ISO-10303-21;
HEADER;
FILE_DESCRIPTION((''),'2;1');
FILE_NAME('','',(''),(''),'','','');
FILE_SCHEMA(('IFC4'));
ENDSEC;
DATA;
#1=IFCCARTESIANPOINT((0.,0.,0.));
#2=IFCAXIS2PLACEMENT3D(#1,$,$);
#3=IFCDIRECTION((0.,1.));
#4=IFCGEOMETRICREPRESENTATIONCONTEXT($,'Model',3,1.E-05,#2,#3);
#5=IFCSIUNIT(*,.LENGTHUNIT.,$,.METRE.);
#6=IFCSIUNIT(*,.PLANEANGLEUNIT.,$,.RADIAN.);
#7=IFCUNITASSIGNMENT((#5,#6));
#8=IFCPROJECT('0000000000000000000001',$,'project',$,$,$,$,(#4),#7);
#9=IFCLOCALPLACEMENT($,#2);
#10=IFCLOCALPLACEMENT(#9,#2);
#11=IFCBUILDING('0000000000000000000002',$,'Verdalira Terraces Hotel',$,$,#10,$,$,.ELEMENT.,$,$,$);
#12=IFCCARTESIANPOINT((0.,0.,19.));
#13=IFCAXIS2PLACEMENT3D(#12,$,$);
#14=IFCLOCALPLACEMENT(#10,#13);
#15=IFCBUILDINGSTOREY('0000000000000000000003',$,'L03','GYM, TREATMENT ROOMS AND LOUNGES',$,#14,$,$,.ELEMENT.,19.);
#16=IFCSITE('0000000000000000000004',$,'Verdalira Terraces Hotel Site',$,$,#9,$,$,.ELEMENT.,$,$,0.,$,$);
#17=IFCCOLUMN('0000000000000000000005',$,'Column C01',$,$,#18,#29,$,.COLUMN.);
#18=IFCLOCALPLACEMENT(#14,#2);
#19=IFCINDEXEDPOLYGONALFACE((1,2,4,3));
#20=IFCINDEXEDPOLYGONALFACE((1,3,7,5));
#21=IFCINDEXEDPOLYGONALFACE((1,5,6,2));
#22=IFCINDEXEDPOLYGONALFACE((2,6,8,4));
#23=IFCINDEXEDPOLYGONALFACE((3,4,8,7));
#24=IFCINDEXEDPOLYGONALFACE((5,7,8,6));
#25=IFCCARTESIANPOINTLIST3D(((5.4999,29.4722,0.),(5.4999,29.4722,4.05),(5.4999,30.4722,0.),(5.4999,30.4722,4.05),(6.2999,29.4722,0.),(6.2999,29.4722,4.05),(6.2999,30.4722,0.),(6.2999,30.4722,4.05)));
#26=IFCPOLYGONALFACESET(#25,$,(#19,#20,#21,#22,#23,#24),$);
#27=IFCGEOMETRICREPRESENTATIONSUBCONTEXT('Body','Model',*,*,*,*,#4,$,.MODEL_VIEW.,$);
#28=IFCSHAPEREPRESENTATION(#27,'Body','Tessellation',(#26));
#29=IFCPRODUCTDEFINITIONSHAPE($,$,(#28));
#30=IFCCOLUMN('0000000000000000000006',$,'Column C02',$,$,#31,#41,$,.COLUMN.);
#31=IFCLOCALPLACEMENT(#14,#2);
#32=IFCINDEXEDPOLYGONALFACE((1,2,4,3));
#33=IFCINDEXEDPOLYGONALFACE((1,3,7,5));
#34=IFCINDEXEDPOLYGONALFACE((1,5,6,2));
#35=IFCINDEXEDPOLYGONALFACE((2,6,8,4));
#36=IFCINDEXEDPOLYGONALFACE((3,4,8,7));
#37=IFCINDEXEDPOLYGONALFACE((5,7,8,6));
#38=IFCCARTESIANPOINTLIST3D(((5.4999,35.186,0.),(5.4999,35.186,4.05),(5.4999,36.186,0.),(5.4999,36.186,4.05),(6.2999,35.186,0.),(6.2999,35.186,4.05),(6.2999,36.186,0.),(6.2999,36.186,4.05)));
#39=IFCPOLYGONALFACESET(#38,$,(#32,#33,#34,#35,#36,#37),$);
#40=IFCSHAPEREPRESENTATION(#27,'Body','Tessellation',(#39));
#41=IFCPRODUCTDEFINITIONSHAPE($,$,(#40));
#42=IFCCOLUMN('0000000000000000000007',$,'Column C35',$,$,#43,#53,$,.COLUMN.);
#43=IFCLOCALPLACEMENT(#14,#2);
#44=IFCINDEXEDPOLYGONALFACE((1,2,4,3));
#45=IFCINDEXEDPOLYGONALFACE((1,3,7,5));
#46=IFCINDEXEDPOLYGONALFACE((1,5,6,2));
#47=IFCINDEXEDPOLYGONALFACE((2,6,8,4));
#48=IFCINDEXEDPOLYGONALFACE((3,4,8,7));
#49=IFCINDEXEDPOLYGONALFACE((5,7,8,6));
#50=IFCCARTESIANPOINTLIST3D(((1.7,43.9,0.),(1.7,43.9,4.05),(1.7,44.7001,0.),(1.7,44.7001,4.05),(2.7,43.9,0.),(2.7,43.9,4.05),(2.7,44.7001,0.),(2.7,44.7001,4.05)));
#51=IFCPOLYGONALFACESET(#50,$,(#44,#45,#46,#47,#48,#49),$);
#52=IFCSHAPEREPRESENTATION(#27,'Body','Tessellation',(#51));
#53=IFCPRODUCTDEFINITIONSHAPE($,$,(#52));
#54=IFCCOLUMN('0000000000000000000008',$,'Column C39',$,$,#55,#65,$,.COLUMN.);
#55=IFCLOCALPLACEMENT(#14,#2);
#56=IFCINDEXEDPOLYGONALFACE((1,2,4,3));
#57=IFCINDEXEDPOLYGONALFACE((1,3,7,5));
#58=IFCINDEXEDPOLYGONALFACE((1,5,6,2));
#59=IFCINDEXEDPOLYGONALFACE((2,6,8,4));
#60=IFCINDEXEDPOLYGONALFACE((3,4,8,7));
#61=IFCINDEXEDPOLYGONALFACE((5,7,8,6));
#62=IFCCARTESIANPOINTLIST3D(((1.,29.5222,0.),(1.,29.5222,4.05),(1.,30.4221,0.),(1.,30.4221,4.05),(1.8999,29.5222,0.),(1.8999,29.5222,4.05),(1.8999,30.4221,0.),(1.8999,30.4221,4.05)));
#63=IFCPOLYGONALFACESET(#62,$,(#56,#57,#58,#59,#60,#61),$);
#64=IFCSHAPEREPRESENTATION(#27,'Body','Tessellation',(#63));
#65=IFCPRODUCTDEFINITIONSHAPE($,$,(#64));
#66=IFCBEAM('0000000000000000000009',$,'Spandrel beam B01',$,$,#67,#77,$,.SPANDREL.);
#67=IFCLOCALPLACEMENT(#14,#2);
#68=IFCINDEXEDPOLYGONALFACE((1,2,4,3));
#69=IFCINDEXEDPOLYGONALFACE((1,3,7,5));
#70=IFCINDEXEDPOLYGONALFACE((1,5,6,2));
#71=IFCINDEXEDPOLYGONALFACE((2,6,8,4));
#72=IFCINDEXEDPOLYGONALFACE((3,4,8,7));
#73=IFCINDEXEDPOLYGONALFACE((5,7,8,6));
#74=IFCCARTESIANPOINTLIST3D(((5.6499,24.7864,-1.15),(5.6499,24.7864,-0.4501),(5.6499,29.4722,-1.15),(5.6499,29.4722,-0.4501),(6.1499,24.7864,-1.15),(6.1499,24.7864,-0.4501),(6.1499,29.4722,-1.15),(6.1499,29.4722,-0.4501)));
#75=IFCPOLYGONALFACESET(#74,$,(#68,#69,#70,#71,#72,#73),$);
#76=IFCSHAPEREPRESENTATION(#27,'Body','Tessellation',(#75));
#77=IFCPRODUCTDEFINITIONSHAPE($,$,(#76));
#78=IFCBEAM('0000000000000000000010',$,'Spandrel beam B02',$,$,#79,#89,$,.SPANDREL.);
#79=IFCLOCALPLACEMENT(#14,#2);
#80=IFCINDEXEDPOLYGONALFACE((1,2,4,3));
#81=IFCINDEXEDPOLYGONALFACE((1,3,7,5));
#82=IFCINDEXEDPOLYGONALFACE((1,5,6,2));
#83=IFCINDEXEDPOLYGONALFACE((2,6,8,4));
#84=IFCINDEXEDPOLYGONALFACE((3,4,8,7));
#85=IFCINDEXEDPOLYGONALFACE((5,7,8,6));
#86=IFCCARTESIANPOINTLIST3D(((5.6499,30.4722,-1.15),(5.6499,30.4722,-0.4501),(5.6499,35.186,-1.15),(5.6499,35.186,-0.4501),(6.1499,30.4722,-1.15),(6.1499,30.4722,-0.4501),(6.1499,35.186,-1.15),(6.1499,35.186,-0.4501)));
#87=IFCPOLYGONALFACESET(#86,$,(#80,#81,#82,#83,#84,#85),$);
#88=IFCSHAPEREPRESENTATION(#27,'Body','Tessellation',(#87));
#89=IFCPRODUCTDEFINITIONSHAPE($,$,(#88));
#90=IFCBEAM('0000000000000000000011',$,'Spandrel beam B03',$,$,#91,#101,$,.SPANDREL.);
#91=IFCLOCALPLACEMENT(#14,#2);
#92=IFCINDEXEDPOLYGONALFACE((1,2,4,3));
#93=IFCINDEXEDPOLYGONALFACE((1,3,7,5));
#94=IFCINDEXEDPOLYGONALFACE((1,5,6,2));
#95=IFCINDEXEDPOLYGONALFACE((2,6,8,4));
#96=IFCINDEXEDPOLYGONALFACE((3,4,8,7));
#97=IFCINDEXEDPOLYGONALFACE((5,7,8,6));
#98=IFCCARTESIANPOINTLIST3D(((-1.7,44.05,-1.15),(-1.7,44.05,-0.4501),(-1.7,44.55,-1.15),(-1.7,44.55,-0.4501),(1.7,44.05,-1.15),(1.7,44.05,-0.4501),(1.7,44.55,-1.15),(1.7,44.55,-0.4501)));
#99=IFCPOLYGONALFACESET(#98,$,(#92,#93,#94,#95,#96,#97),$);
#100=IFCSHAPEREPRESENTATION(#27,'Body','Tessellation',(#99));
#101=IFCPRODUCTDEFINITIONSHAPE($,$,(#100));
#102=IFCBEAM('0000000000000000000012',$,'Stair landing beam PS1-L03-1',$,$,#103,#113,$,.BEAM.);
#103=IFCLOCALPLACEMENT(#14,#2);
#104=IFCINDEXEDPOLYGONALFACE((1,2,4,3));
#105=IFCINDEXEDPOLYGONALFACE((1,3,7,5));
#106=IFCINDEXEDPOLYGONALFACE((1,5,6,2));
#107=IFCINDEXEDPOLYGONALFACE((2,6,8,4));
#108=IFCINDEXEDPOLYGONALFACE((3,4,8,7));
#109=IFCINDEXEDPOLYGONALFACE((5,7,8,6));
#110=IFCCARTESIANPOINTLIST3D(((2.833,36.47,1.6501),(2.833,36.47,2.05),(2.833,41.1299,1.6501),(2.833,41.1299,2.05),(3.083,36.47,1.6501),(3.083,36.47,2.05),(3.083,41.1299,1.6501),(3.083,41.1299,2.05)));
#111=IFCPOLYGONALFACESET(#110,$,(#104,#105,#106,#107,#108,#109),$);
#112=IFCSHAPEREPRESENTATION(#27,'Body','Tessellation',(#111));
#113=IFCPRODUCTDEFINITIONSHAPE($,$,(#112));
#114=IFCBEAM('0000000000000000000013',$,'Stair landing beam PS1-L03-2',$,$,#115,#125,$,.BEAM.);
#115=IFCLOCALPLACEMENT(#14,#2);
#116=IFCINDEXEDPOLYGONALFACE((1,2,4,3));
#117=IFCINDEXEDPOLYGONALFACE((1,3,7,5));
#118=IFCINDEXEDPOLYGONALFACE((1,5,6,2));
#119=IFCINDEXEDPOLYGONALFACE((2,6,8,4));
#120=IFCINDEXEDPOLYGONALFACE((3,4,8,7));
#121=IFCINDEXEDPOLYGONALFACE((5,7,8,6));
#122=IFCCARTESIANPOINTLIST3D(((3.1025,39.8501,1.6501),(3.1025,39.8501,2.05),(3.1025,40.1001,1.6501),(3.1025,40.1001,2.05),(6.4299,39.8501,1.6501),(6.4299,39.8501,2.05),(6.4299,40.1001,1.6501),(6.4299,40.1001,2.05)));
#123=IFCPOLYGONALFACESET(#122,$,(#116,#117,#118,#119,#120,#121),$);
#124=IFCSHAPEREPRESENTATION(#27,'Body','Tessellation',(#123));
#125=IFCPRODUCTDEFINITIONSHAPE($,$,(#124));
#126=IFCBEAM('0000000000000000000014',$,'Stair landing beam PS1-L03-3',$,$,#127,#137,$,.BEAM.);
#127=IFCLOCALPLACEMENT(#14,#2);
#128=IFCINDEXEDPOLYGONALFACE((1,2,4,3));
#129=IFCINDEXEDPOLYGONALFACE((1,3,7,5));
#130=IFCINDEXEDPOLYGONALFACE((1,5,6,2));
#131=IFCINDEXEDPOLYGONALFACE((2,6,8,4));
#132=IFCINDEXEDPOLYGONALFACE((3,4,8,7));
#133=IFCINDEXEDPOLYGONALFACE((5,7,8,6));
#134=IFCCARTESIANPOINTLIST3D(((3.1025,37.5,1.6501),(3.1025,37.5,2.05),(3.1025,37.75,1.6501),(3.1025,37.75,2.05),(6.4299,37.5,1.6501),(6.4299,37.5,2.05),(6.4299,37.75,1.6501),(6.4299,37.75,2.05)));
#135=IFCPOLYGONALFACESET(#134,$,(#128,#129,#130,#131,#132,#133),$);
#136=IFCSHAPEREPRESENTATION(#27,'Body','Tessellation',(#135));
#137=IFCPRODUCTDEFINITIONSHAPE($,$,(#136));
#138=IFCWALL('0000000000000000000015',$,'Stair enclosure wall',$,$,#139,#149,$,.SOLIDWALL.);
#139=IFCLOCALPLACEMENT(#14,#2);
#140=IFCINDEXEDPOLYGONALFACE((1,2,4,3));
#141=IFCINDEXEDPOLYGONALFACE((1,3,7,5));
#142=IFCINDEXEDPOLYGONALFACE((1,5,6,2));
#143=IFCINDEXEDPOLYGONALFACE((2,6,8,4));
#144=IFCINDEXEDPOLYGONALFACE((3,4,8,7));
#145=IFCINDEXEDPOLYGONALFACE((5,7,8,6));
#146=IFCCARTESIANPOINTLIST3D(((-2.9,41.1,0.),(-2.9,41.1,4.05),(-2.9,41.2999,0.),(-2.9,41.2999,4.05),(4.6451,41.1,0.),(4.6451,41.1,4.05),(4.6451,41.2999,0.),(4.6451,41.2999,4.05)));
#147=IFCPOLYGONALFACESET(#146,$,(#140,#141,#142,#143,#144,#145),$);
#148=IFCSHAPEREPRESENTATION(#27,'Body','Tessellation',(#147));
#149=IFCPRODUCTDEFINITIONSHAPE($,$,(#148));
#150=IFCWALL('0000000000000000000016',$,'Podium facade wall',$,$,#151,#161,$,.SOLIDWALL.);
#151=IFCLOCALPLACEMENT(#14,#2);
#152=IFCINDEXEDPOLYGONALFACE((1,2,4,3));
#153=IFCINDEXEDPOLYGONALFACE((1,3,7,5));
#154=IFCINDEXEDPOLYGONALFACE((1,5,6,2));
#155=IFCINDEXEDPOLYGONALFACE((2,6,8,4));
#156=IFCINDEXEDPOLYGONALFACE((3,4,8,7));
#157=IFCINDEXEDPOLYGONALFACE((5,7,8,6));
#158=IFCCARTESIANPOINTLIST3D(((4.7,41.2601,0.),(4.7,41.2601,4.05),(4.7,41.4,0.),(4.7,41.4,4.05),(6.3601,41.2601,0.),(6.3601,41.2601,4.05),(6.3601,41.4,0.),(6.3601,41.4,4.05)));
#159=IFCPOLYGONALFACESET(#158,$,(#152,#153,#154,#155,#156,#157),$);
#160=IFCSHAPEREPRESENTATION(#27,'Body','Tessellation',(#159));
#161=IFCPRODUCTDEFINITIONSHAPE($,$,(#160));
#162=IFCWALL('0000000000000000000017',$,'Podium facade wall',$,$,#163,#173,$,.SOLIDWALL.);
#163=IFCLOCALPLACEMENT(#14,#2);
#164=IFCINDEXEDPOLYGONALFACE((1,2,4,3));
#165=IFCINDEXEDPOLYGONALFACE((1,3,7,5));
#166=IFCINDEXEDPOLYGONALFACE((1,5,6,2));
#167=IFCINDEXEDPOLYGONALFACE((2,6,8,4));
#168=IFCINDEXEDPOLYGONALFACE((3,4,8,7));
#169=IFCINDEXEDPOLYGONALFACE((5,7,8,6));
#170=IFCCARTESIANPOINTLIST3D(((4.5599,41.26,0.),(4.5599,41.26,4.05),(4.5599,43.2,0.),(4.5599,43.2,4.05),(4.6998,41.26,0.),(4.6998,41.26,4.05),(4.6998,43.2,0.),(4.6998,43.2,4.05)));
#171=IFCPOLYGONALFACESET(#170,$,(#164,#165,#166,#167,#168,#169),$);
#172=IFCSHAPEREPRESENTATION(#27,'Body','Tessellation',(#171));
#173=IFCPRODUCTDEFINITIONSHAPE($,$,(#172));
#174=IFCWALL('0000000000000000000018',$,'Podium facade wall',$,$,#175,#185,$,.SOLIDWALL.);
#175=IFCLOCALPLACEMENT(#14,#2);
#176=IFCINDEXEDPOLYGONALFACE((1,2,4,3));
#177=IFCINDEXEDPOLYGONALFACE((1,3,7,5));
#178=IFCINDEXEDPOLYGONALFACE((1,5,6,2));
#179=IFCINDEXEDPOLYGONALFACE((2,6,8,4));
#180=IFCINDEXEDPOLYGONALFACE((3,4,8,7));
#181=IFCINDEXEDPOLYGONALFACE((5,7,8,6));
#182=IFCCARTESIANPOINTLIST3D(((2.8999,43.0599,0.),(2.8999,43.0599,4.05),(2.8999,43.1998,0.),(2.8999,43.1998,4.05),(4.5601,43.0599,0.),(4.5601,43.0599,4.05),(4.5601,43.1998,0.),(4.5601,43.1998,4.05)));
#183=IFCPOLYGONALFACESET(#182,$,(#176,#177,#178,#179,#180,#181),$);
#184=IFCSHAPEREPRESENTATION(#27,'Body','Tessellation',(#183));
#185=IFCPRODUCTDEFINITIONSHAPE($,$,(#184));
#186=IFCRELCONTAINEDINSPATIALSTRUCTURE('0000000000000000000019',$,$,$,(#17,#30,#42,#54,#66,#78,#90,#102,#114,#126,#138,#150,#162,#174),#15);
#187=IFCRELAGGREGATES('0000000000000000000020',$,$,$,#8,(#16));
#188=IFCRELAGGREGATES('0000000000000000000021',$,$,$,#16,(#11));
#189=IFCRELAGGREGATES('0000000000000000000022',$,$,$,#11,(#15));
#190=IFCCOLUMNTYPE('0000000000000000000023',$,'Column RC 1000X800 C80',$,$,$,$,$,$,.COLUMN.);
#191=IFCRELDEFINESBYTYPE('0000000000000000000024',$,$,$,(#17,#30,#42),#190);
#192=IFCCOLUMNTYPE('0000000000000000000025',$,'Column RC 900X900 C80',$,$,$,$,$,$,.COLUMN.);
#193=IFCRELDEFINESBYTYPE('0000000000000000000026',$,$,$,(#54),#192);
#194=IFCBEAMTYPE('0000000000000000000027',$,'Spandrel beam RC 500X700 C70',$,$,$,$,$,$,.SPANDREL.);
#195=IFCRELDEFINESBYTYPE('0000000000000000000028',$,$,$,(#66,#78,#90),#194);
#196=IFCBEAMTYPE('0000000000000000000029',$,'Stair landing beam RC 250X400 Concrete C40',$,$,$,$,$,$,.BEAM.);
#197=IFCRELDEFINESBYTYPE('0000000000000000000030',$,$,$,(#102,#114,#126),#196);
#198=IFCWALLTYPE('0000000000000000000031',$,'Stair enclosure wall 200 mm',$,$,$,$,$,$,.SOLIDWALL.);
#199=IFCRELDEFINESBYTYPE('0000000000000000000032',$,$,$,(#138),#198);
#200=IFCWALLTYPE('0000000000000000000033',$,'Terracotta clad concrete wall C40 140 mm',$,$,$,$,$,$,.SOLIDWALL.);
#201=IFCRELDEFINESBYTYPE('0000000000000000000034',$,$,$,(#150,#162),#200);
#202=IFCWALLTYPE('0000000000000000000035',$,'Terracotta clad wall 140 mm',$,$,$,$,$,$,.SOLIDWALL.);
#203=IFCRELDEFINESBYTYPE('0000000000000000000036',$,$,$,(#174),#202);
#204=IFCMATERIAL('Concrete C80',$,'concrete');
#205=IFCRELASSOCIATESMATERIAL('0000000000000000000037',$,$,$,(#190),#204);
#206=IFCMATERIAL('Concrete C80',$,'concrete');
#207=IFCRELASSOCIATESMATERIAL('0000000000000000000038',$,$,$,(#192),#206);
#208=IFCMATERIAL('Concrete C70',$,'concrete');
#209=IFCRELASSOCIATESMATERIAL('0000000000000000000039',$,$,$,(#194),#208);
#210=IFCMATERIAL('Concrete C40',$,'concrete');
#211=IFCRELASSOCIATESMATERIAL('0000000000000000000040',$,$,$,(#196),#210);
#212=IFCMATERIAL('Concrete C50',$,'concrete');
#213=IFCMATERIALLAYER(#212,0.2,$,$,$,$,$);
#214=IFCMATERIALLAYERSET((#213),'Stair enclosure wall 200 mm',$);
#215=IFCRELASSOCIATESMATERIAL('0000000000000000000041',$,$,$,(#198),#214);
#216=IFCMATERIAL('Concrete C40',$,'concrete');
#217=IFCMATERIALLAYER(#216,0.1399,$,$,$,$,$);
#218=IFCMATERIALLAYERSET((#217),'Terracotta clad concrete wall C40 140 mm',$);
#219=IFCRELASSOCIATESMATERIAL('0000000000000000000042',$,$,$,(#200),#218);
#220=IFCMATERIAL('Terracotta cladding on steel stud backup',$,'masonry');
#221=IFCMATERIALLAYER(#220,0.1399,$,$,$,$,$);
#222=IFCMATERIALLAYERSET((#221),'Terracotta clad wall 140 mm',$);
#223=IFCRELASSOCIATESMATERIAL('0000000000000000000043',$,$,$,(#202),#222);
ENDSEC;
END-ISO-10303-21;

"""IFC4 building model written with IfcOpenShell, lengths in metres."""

from ifc_helpers import new_model, si_unit, direction, frame, frame_2d, origin, origin_2d, place, context, subcontext, project, spatial, rectangle, extrude, material, layer, layer_set, material_profile, profile_set, type_object, element, save


model = new_model("IFC4")

# Units and contexts
model_context = context("Model", 3, precision=1e-05, world=origin(), true_north=direction((0.0, 1.0)))
body_context = subcontext(model_context, "Body", "Model", "MODEL_VIEW")
ifc_project = project(units=[si_unit("LENGTHUNIT", "METRE"), si_unit("PLANEANGLEUNIT", "RADIAN")], contexts=[model_context])

# Site, building, storey
site_placement = place(None, origin())
site = spatial("IfcSite", under=ifc_project, at=site_placement, Name="Verdalira Terraces Hotel Site", CompositionType="ELEMENT", RefElevation=0.0)
building_placement = place(site_placement, origin())
building = spatial("IfcBuilding", under=site, at=building_placement, Name="Verdalira Terraces Hotel", CompositionType="ELEMENT")
storey_placement = place(building_placement, frame((0.0, 0.0, 19.0)))
storey = spatial("IfcBuildingStorey", under=building, at=storey_placement, Name="L03", Description="GYM, TREATMENT ROOMS AND LOUNGES", CompositionType="ELEMENT", Elevation=19.0)

# Columns
ifc_material_1 = material(Name="Concrete C80", Category="concrete")
ifc_material_profile_1 = material_profile(ifc_material_1, rectangle(XDim=1.0, YDim=0.8, at=origin_2d()), Name="RC 1000X800")
ifc_profile_set_1 = profile_set([ifc_material_profile_1], Name="Concrete C80")
column_type_1 = type_object("IfcColumnType", Name="Column RC 1000X800 C80", PredefinedType="COLUMN", material=ifc_profile_set_1)
for number, where, z_axis, x_axis, name in (
    (1, (5.8999, 29.9722, 0.0), (0.0, 0.0, 1.0), (0.0, 1.0, 0.0), "Column C01"),
    (2, (5.8999, 35.686, 0.0), (0.0, 0.0, 1.0), (0.0, 1.0, 0.0), "Column C02"),
    (3, (2.2, 44.3, 0.0), (0.0, 0.0, 1.0), (-1.0, 0.0, 0.0), "Column C35"),
):
    element("IfcColumn", number, at=place(storey_placement, frame(where, z_axis=z_axis, x_axis=x_axis)), inside=storey, type_object=column_type_1, Name=name, PredefinedType="COLUMN", context=body_context, shape_type="SweptSolid", body=[
        extrude(rectangle(XDim=1.0, YDim=0.8, at=origin_2d()), origin(), (0.0, 0.0, 1.0), 4.05),
    ])
ifc_material_2 = material(Name="Concrete C80", Category="concrete")
ifc_material_profile_2 = material_profile(ifc_material_2, rectangle(XDim=0.8999, YDim=0.8999, at=origin_2d()), Name="RC 900X900")
ifc_profile_set_2 = profile_set([ifc_material_profile_2], Name="Concrete C80")
column_type_2 = type_object("IfcColumnType", Name="Column RC 900X900 C80", PredefinedType="COLUMN", material=ifc_profile_set_2)
column_placement = place(storey_placement, frame((1.45, 29.9722, 0.0), z_axis=(0.0, 0.0, 1.0), x_axis=(0.0, 1.0, 0.0)))
element("IfcColumn", 4, at=column_placement, inside=storey, type_object=column_type_2, Name="Column C39", PredefinedType="COLUMN", context=body_context, shape_type="SweptSolid", body=[
    extrude(rectangle(XDim=0.8999, YDim=0.8999, at=origin_2d()), origin(), (0.0, 0.0, 1.0), 4.05),
])

# Beams
ifc_material_3 = material(Name="Concrete C70", Category="concrete")
ifc_material_profile_3 = material_profile(ifc_material_3, rectangle(XDim=0.5, YDim=0.7, at=origin_2d()), Name="RC 500X700")
ifc_profile_set_3 = profile_set([ifc_material_profile_3], Name="Concrete C70")
beam_type_1 = type_object("IfcBeamType", Name="Spandrel beam RC 500X700 C70", PredefinedType="SPANDREL", material=ifc_profile_set_3)
beam_1_placement = place(storey_placement, frame((5.8999, 24.7864, -0.8), z_axis=(0.0, 1.0, 0.0), x_axis=(-1.0, 0.0, 0.0)))
element("IfcBeam", 5, at=beam_1_placement, inside=storey, type_object=beam_type_1, Name="Spandrel beam B01", PredefinedType="SPANDREL", context=body_context, shape_type="SweptSolid", body=[
    extrude(rectangle(XDim=0.5, YDim=0.7, at=origin_2d()), origin(), (0.0, 0.0, 1.0), 4.6858),
])
beam_2_placement = place(storey_placement, frame((5.8999, 30.4722, -0.8), z_axis=(0.0, 1.0, 0.0), x_axis=(-1.0, 0.0, 0.0)))
element("IfcBeam", 6, at=beam_2_placement, inside=storey, type_object=beam_type_1, Name="Spandrel beam B02", PredefinedType="SPANDREL", context=body_context, shape_type="SweptSolid", body=[
    extrude(rectangle(XDim=0.5, YDim=0.7, at=origin_2d()), origin(), (0.0, 0.0, 1.0), 4.7139),
])
beam_3_placement = place(storey_placement, frame((1.7, 44.3, -0.8), z_axis=(-1.0, 0.0, 0.0), x_axis=(0.0, -1.0, 0.0)))
element("IfcBeam", 7, at=beam_3_placement, inside=storey, type_object=beam_type_1, Name="Spandrel beam B03", PredefinedType="SPANDREL", context=body_context, shape_type="SweptSolid", body=[
    extrude(rectangle(XDim=0.5, YDim=0.7, at=origin_2d()), origin(), (0.0, 0.0, 1.0), 3.3999),
])
ifc_material_4 = material(Name="Concrete C40", Category="concrete")
ifc_material_profile_4 = material_profile(ifc_material_4, rectangle(XDim=0.25, YDim=0.3999, at=origin_2d()), Name="RC 250X400")
ifc_profile_set_4 = profile_set([ifc_material_profile_4], Name="Concrete C40")
beam_type_2 = type_object("IfcBeamType", Name="Stair landing beam RC 250X400 Concrete C40", PredefinedType="BEAM", material=ifc_profile_set_4)
beam_4_placement = place(storey_placement, frame((2.958, 36.47, 1.8501), z_axis=(0.0, 1.0, 0.0), x_axis=(-1.0, 0.0, 0.0)))
element("IfcBeam", 8, at=beam_4_placement, inside=storey, type_object=beam_type_2, Name="Stair landing beam PS1-L03-1", PredefinedType="BEAM", context=body_context, shape_type="SweptSolid", body=[
    extrude(rectangle(XDim=0.25, YDim=0.3999, at=origin_2d()), origin(), (0.0, 0.0, 1.0), 4.6599),
])
for number, where, z_axis, x_axis, name in (
    (9, (3.1025, 39.9751, 1.8501), (1.0, 0.0, 0.0), (0.0, 1.0, 0.0), "Stair landing beam PS1-L03-2"),
    (10, (3.1025, 37.625, 1.8501), (1.0, 0.0, 0.0), (0.0, 1.0, 0.0), "Stair landing beam PS1-L03-3"),
):
    element("IfcBeam", number, at=place(storey_placement, frame(where, z_axis=z_axis, x_axis=x_axis)), inside=storey, type_object=beam_type_2, Name=name, PredefinedType="BEAM", context=body_context, shape_type="SweptSolid", body=[
        extrude(rectangle(XDim=0.25, YDim=0.3999, at=origin_2d()), origin(), (0.0, 0.0, 1.0), 3.3274),
    ])

# Walls
ifc_material_5 = material(Name="Concrete C50", Category="concrete")
ifc_layer_1 = layer(ifc_material_5, 0.2)
ifc_layer_set_1 = layer_set([ifc_layer_1], Name="Stair enclosure wall 200 mm")
wall_type_1 = type_object("IfcWallType", Name="Stair enclosure wall 200 mm", PredefinedType="SOLIDWALL", material=ifc_layer_set_1)
wall_1_placement = place(storey_placement, frame((4.645, 41.2, 0.0), z_axis=(0.0, 0.0, 1.0), x_axis=(-1.0, 0.0, 0.0)))
element("IfcWall", 11, at=wall_1_placement, inside=storey, type_object=wall_type_1, Name="Stair enclosure wall", PredefinedType="SOLIDWALL", context=body_context, shape_type="SweptSolid", body=[
    extrude(rectangle(XDim=7.5452, YDim=0.2, at=frame_2d((3.7725, 0.0))), origin(), (0.0, 0.0, 1.0), 4.05),
])
ifc_material_6 = material(Name="Concrete C40", Category="concrete")
ifc_layer_2 = layer(ifc_material_6, 0.1399)
ifc_layer_set_2 = layer_set([ifc_layer_2], Name="Terracotta clad concrete wall C40 140 mm")
wall_type_2 = type_object("IfcWallType", Name="Terracotta clad concrete wall C40 140 mm", PredefinedType="SOLIDWALL", material=ifc_layer_set_2)
wall_2_placement = place(storey_placement, frame((6.3601, 41.3301, 0.0), z_axis=(0.0, 0.0, 1.0), x_axis=(-1.0, 0.0, 0.0)))
element("IfcWall", 12, at=wall_2_placement, inside=storey, type_object=wall_type_2, Name="Podium facade wall", PredefinedType="SOLIDWALL", context=body_context, shape_type="SweptSolid", body=[
    extrude(rectangle(XDim=1.6602, YDim=0.1399, at=frame_2d((0.8301, 0.0))), origin(), (0.0, 0.0, 1.0), 4.05),
])
wall_3_placement = place(storey_placement, frame((4.6299, 41.26, 0.0), z_axis=(0.0, 0.0, 1.0), x_axis=(0.0, 1.0, 0.0)))
element("IfcWall", 13, at=wall_3_placement, inside=storey, type_object=wall_type_2, Name="Podium facade wall", PredefinedType="SOLIDWALL", context=body_context, shape_type="SweptSolid", body=[
    extrude(rectangle(XDim=1.9399, YDim=0.1399, at=frame_2d((0.97, 0.0))), origin(), (0.0, 0.0, 1.0), 4.05),
])
ifc_material_7 = material(Name="Terracotta cladding on steel stud backup", Category="masonry")
ifc_layer_3 = layer(ifc_material_7, 0.1399)
ifc_layer_set_3 = layer_set([ifc_layer_3], Name="Terracotta clad wall 140 mm")
wall_type_3 = type_object("IfcWallType", Name="Terracotta clad wall 140 mm", PredefinedType="SOLIDWALL", material=ifc_layer_set_3)
wall_4_placement = place(storey_placement, frame((4.5601, 43.1299, 0.0), z_axis=(0.0, 0.0, 1.0), x_axis=(-1.0, 0.0, 0.0)))
element("IfcWall", 14, at=wall_4_placement, inside=storey, type_object=wall_type_3, Name="Podium facade wall", PredefinedType="SOLIDWALL", context=body_context, shape_type="SweptSolid", body=[
    extrude(rectangle(XDim=1.6602, YDim=0.1399, at=frame_2d((0.8301, 0.0))), origin(), (0.0, 0.0, 1.0), 4.05),
])

save(model, "model.ifc")
